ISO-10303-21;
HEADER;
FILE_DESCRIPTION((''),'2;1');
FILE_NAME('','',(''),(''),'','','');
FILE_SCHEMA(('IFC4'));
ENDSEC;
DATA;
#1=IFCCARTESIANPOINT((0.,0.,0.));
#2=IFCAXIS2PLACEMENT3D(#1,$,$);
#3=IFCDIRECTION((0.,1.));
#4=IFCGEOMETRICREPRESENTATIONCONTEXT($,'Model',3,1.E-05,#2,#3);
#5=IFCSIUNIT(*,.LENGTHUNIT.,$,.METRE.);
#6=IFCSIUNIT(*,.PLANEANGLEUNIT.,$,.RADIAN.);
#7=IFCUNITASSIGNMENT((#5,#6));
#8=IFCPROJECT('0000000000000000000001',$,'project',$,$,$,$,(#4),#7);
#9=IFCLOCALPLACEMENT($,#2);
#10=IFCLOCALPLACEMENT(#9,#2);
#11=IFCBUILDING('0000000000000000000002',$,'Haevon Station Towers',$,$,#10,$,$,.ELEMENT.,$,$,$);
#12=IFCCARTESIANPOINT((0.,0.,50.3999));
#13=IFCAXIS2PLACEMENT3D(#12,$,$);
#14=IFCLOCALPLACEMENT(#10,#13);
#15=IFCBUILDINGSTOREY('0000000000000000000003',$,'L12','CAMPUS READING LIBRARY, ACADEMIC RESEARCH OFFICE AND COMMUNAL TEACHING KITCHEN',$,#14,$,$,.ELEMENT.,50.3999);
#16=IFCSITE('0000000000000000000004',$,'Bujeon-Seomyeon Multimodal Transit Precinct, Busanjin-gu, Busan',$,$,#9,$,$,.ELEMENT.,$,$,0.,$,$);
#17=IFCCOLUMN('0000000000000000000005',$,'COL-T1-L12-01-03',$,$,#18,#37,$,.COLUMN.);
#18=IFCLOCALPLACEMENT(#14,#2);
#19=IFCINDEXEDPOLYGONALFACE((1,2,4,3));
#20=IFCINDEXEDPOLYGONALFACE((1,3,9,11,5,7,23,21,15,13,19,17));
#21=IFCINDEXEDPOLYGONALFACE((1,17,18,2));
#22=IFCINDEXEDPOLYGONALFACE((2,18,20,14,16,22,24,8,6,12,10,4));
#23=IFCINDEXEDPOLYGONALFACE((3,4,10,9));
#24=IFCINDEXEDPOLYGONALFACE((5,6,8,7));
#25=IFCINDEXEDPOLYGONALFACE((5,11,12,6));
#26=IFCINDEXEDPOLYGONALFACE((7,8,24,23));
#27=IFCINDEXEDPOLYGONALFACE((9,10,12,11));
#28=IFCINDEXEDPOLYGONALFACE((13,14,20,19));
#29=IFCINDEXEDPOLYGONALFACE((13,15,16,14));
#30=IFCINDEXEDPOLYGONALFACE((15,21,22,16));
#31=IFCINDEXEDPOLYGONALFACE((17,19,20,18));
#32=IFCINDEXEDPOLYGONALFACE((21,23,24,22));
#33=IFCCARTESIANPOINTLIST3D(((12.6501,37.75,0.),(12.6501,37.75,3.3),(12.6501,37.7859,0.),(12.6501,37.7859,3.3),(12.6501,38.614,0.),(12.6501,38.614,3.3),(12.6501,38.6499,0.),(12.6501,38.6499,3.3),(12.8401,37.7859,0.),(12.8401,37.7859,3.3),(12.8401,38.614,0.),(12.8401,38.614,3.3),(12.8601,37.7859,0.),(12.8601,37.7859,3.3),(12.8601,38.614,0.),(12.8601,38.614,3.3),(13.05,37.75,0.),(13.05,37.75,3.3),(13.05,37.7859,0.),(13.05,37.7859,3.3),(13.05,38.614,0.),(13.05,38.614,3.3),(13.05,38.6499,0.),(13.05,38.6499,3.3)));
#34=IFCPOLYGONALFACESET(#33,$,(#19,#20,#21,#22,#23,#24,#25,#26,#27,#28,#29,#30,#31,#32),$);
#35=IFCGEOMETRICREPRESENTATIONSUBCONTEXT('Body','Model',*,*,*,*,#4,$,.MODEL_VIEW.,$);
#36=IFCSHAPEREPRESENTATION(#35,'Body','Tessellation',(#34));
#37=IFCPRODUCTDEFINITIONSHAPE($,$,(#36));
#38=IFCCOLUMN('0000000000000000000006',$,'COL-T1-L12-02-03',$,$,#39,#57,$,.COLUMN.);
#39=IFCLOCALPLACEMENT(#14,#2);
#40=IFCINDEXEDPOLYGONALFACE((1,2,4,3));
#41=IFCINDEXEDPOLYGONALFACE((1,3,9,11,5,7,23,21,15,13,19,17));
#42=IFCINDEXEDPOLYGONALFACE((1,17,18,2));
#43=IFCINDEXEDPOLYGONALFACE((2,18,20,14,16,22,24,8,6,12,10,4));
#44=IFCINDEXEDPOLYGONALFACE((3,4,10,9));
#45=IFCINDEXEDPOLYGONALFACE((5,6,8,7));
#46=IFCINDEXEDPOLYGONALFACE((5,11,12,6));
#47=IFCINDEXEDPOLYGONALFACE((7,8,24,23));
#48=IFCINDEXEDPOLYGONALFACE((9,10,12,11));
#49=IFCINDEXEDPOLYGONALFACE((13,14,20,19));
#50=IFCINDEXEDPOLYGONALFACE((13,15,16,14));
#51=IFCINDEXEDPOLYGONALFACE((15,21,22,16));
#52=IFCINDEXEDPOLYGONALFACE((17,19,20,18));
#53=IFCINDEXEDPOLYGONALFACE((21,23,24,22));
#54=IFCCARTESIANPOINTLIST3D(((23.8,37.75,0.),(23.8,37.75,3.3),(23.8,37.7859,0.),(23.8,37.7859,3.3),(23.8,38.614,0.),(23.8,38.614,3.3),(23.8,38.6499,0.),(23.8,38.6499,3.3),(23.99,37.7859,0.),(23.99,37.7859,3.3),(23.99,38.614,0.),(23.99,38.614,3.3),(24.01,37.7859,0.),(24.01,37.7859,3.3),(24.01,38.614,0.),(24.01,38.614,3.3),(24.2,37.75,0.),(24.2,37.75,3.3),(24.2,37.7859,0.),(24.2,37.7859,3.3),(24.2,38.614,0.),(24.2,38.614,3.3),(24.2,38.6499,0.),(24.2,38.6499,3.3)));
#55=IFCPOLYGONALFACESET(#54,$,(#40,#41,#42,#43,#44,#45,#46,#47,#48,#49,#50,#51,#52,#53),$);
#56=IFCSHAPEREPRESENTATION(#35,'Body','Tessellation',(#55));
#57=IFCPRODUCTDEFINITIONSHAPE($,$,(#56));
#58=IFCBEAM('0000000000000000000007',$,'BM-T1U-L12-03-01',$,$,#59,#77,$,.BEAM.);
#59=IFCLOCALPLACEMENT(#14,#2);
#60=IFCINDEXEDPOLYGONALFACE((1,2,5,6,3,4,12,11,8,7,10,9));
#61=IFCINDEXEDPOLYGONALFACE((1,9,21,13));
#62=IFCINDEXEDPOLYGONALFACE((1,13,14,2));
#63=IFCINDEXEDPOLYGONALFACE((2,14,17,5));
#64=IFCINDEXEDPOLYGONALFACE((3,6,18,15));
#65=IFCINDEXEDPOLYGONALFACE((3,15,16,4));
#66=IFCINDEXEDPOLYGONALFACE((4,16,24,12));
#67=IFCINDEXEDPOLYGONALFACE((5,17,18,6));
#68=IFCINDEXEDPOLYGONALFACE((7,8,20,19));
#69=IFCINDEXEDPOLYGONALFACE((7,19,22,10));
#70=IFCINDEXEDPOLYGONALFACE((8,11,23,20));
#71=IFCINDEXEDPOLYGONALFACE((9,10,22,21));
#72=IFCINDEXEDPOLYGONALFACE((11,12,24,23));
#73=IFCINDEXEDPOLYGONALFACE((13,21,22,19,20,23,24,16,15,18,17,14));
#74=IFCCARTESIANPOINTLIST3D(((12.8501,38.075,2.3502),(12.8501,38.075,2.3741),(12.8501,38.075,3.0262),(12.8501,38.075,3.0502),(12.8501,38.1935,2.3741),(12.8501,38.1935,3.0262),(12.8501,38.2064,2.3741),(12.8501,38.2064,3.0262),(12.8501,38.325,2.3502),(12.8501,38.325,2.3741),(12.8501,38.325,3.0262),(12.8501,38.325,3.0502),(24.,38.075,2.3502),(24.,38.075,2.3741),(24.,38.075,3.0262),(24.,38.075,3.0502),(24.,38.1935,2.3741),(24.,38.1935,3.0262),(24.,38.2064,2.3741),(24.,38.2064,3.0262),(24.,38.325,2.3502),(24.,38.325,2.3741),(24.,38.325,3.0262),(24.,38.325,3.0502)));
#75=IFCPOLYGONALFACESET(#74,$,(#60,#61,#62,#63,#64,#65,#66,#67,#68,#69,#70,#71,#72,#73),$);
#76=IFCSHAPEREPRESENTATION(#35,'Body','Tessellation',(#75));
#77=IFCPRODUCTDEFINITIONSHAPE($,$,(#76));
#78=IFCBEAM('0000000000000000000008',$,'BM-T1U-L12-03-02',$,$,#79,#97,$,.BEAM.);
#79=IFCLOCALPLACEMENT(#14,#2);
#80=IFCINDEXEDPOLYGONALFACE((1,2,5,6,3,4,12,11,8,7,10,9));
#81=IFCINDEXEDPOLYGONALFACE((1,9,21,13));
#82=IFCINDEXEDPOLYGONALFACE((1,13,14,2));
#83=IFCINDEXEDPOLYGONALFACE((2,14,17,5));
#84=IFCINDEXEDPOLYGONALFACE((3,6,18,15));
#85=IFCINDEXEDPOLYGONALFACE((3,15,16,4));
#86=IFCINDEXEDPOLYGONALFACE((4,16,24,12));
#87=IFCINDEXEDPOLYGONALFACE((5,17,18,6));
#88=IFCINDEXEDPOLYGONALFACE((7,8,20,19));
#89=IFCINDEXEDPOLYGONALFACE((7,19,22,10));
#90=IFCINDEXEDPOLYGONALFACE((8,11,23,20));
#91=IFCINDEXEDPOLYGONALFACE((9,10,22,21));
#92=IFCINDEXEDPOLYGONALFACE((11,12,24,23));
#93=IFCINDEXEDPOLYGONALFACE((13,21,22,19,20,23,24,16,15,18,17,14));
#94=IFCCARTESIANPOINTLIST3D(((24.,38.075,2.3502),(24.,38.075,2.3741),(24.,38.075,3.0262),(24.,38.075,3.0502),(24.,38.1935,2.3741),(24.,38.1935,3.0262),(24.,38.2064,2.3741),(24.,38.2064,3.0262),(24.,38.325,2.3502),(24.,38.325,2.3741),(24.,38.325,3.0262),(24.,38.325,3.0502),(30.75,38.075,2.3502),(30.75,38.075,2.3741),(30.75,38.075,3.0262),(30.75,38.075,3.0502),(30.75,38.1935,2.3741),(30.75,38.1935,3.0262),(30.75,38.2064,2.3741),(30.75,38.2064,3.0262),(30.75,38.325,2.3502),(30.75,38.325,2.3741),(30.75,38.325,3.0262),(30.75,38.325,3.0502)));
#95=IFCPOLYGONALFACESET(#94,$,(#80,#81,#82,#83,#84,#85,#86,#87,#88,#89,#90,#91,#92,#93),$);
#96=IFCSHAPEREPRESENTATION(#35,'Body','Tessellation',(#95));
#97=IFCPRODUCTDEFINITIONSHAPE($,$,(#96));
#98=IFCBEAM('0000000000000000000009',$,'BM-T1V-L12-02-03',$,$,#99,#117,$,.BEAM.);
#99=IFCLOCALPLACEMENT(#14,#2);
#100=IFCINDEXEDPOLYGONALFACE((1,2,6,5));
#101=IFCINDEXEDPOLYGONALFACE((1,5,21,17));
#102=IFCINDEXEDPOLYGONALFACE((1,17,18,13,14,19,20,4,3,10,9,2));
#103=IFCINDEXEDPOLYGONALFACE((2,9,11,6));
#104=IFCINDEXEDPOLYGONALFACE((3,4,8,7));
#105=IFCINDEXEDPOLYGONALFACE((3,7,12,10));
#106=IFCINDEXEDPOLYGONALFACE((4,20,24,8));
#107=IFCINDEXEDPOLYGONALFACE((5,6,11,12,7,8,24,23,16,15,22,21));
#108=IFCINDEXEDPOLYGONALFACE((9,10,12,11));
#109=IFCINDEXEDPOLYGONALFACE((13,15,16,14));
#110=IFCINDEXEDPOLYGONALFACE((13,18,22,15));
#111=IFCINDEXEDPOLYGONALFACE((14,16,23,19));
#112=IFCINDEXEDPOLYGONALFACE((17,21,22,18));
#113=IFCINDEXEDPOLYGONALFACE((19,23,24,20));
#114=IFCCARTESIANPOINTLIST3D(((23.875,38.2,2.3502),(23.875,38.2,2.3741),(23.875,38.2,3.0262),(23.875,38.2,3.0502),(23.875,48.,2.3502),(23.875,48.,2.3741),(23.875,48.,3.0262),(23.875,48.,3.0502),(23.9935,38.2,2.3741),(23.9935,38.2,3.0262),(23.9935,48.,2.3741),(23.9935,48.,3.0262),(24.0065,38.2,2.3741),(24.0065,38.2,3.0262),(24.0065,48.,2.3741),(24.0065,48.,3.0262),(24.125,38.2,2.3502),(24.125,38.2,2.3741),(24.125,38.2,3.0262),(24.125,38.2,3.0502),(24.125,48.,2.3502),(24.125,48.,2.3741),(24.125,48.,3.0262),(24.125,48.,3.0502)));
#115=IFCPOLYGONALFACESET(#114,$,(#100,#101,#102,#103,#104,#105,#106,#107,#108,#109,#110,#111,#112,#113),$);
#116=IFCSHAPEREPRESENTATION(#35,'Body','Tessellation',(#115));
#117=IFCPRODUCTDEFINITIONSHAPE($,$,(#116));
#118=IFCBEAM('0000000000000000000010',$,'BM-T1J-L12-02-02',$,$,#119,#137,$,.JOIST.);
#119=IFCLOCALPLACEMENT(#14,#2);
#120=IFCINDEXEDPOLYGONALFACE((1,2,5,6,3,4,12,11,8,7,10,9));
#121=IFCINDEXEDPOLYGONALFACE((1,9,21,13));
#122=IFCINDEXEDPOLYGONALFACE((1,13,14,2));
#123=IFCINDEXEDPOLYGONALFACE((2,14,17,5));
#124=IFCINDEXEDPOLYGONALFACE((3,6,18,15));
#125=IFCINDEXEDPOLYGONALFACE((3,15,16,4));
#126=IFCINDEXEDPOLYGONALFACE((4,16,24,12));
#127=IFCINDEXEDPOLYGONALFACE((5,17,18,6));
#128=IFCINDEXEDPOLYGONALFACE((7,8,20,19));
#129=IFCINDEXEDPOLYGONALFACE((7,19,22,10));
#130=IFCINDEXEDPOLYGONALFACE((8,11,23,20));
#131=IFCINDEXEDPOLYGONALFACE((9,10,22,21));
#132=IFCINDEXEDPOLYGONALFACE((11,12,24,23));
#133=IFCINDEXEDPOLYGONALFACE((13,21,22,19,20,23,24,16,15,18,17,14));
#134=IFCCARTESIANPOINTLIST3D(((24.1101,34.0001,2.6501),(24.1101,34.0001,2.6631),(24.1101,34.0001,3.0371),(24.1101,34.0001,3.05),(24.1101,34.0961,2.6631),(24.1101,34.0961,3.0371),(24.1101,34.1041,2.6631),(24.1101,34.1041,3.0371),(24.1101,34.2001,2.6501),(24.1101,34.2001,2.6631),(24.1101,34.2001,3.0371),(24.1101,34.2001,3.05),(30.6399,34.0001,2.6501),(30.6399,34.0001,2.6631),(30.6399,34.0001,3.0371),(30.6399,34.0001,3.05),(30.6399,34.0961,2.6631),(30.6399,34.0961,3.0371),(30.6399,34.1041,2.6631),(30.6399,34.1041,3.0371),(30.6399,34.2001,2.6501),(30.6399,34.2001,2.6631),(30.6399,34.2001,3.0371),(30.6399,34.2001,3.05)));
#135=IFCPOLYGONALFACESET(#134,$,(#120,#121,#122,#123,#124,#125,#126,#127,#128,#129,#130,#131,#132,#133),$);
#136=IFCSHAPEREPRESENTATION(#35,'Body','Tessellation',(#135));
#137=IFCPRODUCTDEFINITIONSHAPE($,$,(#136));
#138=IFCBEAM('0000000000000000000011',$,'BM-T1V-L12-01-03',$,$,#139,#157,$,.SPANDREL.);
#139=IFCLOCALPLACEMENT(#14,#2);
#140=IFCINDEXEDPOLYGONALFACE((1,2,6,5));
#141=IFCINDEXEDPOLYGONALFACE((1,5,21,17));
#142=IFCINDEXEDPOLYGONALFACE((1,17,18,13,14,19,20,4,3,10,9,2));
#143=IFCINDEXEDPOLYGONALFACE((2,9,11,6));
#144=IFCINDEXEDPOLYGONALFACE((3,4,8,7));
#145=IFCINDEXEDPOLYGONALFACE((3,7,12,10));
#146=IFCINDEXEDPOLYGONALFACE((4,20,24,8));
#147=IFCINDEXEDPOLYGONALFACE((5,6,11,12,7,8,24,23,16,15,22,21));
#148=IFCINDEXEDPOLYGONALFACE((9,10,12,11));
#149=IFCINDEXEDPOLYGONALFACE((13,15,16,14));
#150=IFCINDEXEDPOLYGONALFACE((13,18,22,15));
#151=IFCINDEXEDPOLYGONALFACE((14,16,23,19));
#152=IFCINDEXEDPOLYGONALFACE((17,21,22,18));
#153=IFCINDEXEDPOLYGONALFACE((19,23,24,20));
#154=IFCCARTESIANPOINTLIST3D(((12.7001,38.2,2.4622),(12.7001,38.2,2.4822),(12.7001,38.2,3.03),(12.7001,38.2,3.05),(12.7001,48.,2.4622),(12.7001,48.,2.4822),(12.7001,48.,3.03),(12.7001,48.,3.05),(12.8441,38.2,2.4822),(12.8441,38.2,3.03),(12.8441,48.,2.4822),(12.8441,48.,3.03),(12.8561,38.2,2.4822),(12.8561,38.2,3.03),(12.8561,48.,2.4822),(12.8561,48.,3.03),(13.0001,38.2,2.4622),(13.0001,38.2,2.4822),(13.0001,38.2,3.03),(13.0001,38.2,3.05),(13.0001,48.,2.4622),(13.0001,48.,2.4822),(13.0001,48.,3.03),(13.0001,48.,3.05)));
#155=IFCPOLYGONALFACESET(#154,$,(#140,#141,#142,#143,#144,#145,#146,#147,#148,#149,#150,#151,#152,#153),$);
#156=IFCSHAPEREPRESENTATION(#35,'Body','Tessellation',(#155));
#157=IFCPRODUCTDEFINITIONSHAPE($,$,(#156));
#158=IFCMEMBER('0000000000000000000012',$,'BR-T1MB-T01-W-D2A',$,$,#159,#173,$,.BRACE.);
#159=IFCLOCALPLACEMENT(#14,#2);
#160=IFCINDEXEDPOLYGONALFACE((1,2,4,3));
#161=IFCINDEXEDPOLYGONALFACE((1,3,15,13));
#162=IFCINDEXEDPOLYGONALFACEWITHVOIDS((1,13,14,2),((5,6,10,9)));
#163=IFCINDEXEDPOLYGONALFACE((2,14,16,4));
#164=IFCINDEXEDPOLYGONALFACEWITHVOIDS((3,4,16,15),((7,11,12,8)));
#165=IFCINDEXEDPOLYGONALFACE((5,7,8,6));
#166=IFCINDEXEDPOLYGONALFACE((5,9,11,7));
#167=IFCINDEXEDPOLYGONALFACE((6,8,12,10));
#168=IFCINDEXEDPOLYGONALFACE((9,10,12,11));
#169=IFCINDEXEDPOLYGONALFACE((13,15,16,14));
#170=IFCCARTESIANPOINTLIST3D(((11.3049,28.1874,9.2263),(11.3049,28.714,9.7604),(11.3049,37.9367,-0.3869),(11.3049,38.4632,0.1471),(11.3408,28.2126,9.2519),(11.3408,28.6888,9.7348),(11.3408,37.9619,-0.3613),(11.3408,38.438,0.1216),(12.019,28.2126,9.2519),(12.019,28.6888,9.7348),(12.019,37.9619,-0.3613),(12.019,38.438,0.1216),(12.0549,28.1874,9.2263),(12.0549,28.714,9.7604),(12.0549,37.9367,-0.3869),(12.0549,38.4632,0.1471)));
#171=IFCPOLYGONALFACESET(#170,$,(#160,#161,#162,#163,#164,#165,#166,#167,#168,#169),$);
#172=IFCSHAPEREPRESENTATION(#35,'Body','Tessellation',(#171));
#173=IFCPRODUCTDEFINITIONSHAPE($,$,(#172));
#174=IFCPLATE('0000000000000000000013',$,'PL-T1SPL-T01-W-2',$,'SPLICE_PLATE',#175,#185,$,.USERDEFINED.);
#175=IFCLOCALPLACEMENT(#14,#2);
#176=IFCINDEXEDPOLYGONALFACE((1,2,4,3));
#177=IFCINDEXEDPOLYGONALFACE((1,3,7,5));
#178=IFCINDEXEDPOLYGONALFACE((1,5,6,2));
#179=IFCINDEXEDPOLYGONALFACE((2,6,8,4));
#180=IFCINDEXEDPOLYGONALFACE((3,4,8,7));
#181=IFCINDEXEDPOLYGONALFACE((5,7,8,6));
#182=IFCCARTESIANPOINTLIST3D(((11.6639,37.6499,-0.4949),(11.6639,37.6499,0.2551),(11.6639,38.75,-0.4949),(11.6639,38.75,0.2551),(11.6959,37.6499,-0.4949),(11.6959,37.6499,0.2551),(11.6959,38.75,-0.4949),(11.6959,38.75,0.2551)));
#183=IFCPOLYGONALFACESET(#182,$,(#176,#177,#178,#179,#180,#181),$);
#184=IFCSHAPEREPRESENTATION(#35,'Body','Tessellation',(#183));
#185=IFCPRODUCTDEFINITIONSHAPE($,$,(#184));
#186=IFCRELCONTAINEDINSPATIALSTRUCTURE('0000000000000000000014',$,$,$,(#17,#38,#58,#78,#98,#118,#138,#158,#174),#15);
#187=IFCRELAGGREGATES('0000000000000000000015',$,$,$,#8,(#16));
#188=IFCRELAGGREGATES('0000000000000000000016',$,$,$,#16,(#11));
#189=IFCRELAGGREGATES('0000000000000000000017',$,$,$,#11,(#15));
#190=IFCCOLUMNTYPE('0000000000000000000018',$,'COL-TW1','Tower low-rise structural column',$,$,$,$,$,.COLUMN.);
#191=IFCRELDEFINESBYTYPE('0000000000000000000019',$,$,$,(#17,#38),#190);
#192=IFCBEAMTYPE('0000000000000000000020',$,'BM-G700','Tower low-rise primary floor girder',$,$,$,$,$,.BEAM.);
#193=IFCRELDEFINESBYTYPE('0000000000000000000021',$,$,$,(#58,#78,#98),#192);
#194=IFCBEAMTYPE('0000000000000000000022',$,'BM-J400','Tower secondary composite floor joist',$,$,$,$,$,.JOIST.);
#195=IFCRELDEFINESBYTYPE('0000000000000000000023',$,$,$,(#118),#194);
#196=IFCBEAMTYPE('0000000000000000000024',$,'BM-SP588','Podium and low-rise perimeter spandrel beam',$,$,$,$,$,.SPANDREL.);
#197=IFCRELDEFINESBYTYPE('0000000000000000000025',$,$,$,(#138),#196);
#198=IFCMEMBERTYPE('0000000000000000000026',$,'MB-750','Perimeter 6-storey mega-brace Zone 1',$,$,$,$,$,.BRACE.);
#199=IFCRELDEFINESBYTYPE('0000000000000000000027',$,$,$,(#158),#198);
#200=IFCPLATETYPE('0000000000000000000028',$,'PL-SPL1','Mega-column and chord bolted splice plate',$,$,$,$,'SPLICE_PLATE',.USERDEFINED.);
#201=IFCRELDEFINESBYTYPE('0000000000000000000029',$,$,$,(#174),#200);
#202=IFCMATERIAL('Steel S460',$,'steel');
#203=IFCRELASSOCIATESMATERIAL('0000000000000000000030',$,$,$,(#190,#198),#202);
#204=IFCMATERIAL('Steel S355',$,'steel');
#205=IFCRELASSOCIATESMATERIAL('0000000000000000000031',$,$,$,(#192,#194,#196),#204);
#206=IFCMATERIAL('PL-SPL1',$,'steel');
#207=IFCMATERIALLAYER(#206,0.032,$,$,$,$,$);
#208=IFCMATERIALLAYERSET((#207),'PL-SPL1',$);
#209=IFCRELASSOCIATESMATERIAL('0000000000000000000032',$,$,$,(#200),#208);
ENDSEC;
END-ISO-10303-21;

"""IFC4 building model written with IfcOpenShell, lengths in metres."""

from ifc_helpers import new_model, si_unit, direction, frame, origin, origin_2d, place, context, subcontext, project, spatial, rectangle, hollow_rectangle, i_section, extrude, material, layer, layer_set, material_profile, profile_set, type_object, element, save


model = new_model("IFC4")

# Units and contexts
model_context = context("Model", 3, precision=1e-05, world=origin(), true_north=direction((0.0, 1.0)))
body_context = subcontext(model_context, "Body", "Model", "MODEL_VIEW")
ifc_project = project(units=[si_unit("LENGTHUNIT", "METRE"), si_unit("PLANEANGLEUNIT", "RADIAN")], contexts=[model_context])

# Site, building, storey
site_placement = place(None, origin())
site = spatial("IfcSite", under=ifc_project, at=site_placement, Name="Bujeon-Seomyeon Multimodal Transit Precinct, Busanjin-gu, Busan", CompositionType="ELEMENT", RefElevation=0.0)
building_placement = place(site_placement, origin())
building = spatial("IfcBuilding", under=site, at=building_placement, Name="Haevon Station Towers", CompositionType="ELEMENT")
storey_placement = place(building_placement, frame((0.0, 0.0, 50.3999)))
storey = spatial("IfcBuildingStorey", under=building, at=storey_placement, Name="L12", Description="CAMPUS READING LIBRARY, ACADEMIC RESEARCH OFFICE AND COMMUNAL TEACHING KITCHEN", CompositionType="ELEMENT", Elevation=50.3999)

# Columns
ifc_material_1 = material(Name="Steel S460", Category="steel")
ifc_material_profile_1 = material_profile(ifc_material_1, i_section(OverallWidth=0.3999, OverallDepth=0.8999, WebThickness=0.02, FlangeThickness=0.0359, at=origin_2d()), Name="H-900x400x20x36")
ifc_profile_set_1 = profile_set([ifc_material_profile_1], Name="Steel S460")
column_type = type_object("IfcColumnType", Name="COL-TW1", Description="Tower low-rise structural column", PredefinedType="COLUMN", material=ifc_profile_set_1)
for number, where, z_axis, x_axis, name in (
    (1, (12.8501, 38.2, 0.0), (0.0, 0.0, 1.0), (1.0, 0.0, 0.0), "COL-T1-L12-01-03"),
    (2, (24.0, 38.2, 0.0), (0.0, 0.0, 1.0), (1.0, 0.0, 0.0), "COL-T1-L12-02-03"),
):
    element("IfcColumn", number, at=place(storey_placement, frame(where, z_axis=z_axis, x_axis=x_axis)), inside=storey, type_object=column_type, Name=name, PredefinedType="COLUMN", context=body_context, shape_type="SweptSolid", body=[
        extrude(i_section(OverallWidth=0.3999, OverallDepth=0.8999, WebThickness=0.02, FlangeThickness=0.0359, at=origin_2d()), origin(), (0.0, 0.0, 1.0), 3.3),
    ])

# Beams
ifc_material_2 = material(Name="Steel S355", Category="steel")
ifc_material_profile_2 = material_profile(ifc_material_2, i_section(OverallWidth=0.25, OverallDepth=0.7, WebThickness=0.0129, FlangeThickness=0.0239, at=origin_2d()), Name="H-700x250x13x24")
ifc_profile_set_2 = profile_set([ifc_material_profile_2], Name="Steel S355")
beam_type_1 = type_object("IfcBeamType", Name="BM-G700", Description="Tower low-rise primary floor girder", PredefinedType="BEAM", material=ifc_profile_set_2)
beam_1_placement = place(storey_placement, frame((12.8501, 38.2, 2.7002), z_axis=(1.0, 0.0, 0.0), x_axis=(0.0, 1.0, 0.0)))
element("IfcBeam", 3, at=beam_1_placement, inside=storey, type_object=beam_type_1, Name="BM-T1U-L12-03-01", PredefinedType="BEAM", context=body_context, shape_type="SweptSolid", body=[
    extrude(i_section(OverallWidth=0.25, OverallDepth=0.7, WebThickness=0.0129, FlangeThickness=0.0239, at=origin_2d()), origin(), (0.0, 0.0, 1.0), 11.1499),
])
beam_2_placement = place(storey_placement, frame((24.0, 38.2, 2.7002), z_axis=(1.0, 0.0, 0.0), x_axis=(0.0, 1.0, 0.0)))
element("IfcBeam", 4, at=beam_2_placement, inside=storey, type_object=beam_type_1, Name="BM-T1U-L12-03-02", PredefinedType="BEAM", context=body_context, shape_type="SweptSolid", body=[
    extrude(i_section(OverallWidth=0.25, OverallDepth=0.7, WebThickness=0.0129, FlangeThickness=0.0239, at=origin_2d()), origin(), (0.0, 0.0, 1.0), 6.75),
])
beam_3_placement = place(storey_placement, frame((24.0, 38.2, 2.7002), z_axis=(0.0, 1.0, 0.0), x_axis=(-1.0, 0.0, 0.0)))
element("IfcBeam", 5, at=beam_3_placement, inside=storey, type_object=beam_type_1, Name="BM-T1V-L12-02-03", PredefinedType="BEAM", context=body_context, shape_type="SweptSolid", body=[
    extrude(i_section(OverallWidth=0.25, OverallDepth=0.7, WebThickness=0.0129, FlangeThickness=0.0239, at=origin_2d()), origin(), (0.0, 0.0, 1.0), 9.8),
])
ifc_material_profile_3 = material_profile(ifc_material_2, i_section(OverallWidth=0.2, OverallDepth=0.3999, WebThickness=0.0081, FlangeThickness=0.0129, at=origin_2d()), Name="H-400x200x8x13")
ifc_profile_set_3 = profile_set([ifc_material_profile_3], Name="Steel S355")
beam_type_2 = type_object("IfcBeamType", Name="BM-J400", Description="Tower secondary composite floor joist", PredefinedType="JOIST", material=ifc_profile_set_3)
beam_4_placement = place(storey_placement, frame((24.1101, 34.1001, 2.8501), z_axis=(1.0, 0.0, 0.0), x_axis=(0.0, 1.0, 0.0)))
element("IfcBeam", 6, at=beam_4_placement, inside=storey, type_object=beam_type_2, Name="BM-T1J-L12-02-02", PredefinedType="JOIST", context=body_context, shape_type="SweptSolid", body=[
    extrude(i_section(OverallWidth=0.2, OverallDepth=0.3999, WebThickness=0.0081, FlangeThickness=0.0129, at=origin_2d()), origin(), (0.0, 0.0, 1.0), 6.5298),
])
ifc_material_profile_4 = material_profile(ifc_material_2, i_section(OverallWidth=0.3, OverallDepth=0.5879, WebThickness=0.012, FlangeThickness=0.02, at=origin_2d()), Name="H-588x300x12x20")
ifc_profile_set_4 = profile_set([ifc_material_profile_4], Name="Steel S355")
beam_type_3 = type_object("IfcBeamType", Name="BM-SP588", Description="Podium and low-rise perimeter spandrel beam", PredefinedType="SPANDREL", material=ifc_profile_set_4)
beam_5_placement = place(storey_placement, frame((12.8501, 38.2, 2.7561), z_axis=(0.0, 1.0, 0.0), x_axis=(-1.0, 0.0, 0.0)))
element("IfcBeam", 7, at=beam_5_placement, inside=storey, type_object=beam_type_3, Name="BM-T1V-L12-01-03", PredefinedType="SPANDREL", context=body_context, shape_type="SweptSolid", body=[
    extrude(i_section(OverallWidth=0.3, OverallDepth=0.5879, WebThickness=0.012, FlangeThickness=0.02, at=origin_2d()), origin(), (0.0, 0.0, 1.0), 9.8),
])

# Member
ifc_material_profile_5 = material_profile(ifc_material_1, hollow_rectangle(XDim=0.75, YDim=0.75, WallThickness=0.0359, at=origin_2d()), Name="RHS-750x750x36")
ifc_profile_set_5 = profile_set([ifc_material_profile_5], Name="Steel S460")
member_type = type_object("IfcMemberType", Name="MB-750", Description="Perimeter 6-storey mega-brace Zone 1", PredefinedType="BRACE", material=ifc_profile_set_5)
member_placement = place(storey_placement, frame((11.6799, 38.2, -0.1199), z_axis=(0.0, -0.712055, 0.702123), x_axis=(1.0, 0.0, 0.0)))
element("IfcMember", 8, at=member_placement, inside=storey, type_object=member_type, Name="BR-T1MB-T01-W-D2A", PredefinedType="BRACE", context=body_context, shape_type="SweptSolid", body=[
    extrude(hollow_rectangle(XDim=0.75, YDim=0.75, WallThickness=0.0359, at=origin_2d()), origin(), (0.0, 0.0, 1.0), 13.6917),
])

# Plate
ifc_material_3 = material(Name="PL-SPL1", Category="steel")
ifc_layer_1 = layer(ifc_material_3, 0.032)
ifc_layer_set_1 = layer_set([ifc_layer_1], Name="PL-SPL1")
plate_type = type_object("IfcPlateType", Name="PL-SPL1", Description="Mega-column and chord bolted splice plate", ElementType="SPLICE_PLATE", PredefinedType="USERDEFINED", material=ifc_layer_set_1)
plate_placement = place(storey_placement, frame((11.6799, 38.2, -0.4949), z_axis=(0.0, 0.0, 1.0), x_axis=(0.0, 1.0, 0.0)))
element("IfcPlate", 9, at=plate_placement, inside=storey, type_object=plate_type, Name="PL-T1SPL-T01-W-2", ObjectType="SPLICE_PLATE", PredefinedType="USERDEFINED", context=body_context, shape_type="SweptSolid", body=[
    extrude(rectangle(XDim=1.1001, YDim=0.032, at=origin_2d()), origin(), (0.0, 0.0, 1.0), 0.75),
])

save(model, "model.ifc")
